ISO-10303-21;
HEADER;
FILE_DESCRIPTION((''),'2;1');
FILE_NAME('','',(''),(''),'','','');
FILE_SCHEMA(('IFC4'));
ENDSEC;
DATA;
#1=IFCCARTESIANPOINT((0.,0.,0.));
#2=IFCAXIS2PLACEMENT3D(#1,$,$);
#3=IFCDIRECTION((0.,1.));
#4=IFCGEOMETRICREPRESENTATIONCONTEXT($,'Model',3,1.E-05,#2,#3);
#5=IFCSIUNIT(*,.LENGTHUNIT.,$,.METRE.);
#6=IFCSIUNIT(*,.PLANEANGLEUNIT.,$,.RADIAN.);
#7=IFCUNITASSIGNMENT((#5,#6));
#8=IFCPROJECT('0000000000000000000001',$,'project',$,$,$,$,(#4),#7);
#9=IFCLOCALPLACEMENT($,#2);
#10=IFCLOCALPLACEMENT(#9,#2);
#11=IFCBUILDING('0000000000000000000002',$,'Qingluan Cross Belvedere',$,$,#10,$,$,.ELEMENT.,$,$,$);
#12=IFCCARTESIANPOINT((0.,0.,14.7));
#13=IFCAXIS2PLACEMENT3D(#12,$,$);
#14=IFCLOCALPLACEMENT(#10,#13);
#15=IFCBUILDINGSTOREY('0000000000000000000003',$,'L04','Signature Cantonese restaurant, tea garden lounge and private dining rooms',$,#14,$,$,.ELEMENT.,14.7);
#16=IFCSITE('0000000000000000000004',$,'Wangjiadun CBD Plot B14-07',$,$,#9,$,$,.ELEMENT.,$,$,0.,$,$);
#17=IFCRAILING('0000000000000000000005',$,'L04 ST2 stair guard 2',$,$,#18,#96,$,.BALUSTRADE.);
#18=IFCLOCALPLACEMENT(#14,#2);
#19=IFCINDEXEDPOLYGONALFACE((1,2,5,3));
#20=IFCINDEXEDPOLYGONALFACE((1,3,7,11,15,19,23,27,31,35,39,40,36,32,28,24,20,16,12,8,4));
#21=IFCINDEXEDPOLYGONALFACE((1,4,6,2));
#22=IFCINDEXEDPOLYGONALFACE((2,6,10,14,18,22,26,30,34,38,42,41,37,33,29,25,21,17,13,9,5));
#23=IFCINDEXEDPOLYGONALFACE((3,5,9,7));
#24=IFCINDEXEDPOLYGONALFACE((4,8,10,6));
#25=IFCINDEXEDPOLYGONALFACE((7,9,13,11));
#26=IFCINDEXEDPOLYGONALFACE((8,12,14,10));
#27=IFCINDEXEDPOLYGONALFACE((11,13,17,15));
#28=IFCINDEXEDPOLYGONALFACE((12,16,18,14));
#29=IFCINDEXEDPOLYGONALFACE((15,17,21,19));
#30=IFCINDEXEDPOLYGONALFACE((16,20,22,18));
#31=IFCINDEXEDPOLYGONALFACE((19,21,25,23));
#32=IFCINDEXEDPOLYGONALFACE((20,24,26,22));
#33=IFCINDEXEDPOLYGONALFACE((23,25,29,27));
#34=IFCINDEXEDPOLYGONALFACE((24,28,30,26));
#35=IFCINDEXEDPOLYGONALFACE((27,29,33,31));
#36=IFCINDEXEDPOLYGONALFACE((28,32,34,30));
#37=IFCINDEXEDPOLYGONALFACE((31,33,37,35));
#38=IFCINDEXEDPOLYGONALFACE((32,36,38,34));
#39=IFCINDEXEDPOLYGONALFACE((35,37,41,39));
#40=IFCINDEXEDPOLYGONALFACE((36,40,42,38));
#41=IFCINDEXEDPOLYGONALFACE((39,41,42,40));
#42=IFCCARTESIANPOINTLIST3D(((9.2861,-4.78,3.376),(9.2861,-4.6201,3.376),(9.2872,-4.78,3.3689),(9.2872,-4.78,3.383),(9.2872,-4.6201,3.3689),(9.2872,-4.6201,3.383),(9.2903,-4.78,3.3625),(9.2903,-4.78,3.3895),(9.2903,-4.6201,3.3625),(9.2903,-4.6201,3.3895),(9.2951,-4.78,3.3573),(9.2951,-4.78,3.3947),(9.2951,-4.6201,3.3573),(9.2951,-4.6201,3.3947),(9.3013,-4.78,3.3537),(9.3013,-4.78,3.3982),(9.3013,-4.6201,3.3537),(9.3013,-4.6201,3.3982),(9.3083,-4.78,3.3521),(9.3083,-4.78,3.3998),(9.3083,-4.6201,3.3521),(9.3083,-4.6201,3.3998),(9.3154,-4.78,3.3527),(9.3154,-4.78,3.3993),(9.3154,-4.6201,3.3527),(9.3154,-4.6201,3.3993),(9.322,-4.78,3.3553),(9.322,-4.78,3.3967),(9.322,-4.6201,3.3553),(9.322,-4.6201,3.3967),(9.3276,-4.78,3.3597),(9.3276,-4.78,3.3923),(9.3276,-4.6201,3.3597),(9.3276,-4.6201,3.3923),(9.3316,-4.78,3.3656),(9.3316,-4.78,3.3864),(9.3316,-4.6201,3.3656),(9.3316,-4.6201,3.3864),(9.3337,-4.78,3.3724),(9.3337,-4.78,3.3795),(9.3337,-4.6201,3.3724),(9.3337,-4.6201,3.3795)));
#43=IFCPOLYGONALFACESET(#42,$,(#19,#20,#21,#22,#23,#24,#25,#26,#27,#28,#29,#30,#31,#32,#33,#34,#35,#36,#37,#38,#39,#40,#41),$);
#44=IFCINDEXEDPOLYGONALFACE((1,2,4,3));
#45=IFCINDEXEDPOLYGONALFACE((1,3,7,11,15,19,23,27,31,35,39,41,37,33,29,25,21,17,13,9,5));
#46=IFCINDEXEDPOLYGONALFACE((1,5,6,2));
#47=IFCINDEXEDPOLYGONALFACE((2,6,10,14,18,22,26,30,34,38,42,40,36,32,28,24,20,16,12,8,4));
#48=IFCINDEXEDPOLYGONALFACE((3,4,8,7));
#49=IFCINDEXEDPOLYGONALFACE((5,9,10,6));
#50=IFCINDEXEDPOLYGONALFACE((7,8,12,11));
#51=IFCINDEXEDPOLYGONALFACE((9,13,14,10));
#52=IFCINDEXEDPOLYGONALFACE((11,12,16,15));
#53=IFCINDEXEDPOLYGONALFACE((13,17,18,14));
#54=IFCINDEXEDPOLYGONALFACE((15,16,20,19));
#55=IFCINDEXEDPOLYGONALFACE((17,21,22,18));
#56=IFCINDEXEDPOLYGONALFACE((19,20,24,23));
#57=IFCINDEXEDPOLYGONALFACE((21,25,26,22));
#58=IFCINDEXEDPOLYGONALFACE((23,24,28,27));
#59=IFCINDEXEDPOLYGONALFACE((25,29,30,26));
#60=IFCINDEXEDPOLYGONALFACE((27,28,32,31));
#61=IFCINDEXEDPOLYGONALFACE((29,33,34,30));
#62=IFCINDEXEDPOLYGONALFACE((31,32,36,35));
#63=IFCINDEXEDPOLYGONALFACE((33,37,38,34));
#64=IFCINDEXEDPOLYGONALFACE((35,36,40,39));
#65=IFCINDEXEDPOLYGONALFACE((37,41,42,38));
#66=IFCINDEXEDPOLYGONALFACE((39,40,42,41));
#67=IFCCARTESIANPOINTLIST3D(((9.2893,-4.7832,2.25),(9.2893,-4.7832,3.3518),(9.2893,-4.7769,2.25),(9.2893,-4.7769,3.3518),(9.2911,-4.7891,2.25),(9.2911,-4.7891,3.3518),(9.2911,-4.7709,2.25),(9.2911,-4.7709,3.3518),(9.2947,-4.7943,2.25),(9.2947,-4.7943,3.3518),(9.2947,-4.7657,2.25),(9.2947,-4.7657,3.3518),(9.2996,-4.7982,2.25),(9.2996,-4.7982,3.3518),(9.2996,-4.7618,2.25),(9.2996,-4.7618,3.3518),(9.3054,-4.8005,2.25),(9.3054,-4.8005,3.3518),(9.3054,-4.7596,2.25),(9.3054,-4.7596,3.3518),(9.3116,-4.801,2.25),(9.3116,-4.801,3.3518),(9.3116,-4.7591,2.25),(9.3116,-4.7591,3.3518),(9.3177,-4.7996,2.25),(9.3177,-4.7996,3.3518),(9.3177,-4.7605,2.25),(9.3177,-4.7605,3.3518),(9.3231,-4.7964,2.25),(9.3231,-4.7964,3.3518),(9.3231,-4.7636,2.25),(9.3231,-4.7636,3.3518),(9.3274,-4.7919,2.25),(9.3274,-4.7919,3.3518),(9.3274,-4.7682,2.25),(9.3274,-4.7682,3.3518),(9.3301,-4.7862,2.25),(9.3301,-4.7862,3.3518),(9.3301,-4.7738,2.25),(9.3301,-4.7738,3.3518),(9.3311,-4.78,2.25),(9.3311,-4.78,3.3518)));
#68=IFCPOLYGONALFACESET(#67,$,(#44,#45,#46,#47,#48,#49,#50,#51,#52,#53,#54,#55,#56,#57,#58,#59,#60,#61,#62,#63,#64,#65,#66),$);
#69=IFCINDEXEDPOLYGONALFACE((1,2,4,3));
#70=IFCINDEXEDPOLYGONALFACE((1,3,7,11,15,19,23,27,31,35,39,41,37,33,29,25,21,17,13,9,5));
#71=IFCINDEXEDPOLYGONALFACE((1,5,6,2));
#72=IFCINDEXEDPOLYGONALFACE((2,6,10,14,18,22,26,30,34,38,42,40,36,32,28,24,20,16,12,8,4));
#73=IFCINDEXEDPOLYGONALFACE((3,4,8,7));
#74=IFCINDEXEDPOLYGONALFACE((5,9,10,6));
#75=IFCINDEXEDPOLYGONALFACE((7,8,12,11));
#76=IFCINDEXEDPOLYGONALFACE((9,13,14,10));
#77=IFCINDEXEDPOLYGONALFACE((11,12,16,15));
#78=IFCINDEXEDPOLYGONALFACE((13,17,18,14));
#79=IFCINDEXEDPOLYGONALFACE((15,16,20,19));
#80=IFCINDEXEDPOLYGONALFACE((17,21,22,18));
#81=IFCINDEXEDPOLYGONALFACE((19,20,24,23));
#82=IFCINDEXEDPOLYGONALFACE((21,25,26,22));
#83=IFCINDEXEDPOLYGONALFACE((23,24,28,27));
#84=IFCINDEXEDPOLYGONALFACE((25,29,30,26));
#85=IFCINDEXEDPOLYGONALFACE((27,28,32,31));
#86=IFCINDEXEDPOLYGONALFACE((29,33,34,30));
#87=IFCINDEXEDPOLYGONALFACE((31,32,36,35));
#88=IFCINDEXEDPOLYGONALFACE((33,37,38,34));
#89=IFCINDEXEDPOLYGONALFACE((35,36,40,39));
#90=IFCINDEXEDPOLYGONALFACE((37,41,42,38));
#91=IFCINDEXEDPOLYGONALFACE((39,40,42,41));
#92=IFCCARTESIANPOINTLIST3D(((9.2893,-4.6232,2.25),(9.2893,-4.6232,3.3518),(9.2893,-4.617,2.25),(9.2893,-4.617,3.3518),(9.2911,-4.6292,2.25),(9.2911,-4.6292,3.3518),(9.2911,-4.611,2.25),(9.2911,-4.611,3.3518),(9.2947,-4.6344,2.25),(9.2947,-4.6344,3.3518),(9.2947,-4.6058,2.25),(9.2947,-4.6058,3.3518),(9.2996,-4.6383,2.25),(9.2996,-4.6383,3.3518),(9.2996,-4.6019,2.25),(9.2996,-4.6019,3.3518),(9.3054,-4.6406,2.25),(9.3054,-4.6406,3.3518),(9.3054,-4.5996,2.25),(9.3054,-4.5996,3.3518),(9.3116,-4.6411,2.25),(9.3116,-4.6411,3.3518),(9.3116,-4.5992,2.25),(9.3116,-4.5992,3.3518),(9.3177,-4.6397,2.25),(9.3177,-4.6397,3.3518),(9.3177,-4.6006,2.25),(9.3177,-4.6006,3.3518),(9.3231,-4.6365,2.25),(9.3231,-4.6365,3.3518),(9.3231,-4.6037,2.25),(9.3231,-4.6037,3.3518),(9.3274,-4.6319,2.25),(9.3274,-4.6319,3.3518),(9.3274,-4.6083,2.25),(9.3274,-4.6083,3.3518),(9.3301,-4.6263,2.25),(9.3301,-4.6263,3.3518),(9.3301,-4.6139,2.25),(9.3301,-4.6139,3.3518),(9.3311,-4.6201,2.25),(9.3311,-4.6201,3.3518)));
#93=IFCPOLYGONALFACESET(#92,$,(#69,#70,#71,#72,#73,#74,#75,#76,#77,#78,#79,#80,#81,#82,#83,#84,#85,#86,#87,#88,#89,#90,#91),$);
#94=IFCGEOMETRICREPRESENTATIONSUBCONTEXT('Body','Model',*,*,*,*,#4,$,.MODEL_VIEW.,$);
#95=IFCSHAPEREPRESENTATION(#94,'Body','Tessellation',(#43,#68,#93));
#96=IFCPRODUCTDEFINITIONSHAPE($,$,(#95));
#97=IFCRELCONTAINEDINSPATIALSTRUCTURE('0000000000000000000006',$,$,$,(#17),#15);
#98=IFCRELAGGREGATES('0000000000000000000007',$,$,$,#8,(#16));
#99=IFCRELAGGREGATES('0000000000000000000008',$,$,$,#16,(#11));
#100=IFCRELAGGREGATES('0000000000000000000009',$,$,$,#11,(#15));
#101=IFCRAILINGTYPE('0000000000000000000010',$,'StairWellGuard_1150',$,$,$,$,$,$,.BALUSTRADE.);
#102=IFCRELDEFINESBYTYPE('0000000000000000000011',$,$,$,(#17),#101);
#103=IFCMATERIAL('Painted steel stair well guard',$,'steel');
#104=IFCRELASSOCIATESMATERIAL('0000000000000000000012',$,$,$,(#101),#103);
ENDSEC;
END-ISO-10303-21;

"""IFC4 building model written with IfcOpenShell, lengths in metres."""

from ifc_helpers import new_model, si_unit, direction, frame, origin, origin_2d, place, context, subcontext, project, spatial, circle, extrude, material, type_object, element, save


model = new_model("IFC4")

# Units and contexts
model_context = context("Model", 3, precision=1e-05, world=origin(), true_north=direction((0.0, 1.0)))
body_context = subcontext(model_context, "Body", "Model", "MODEL_VIEW")
ifc_project = project(units=[si_unit("LENGTHUNIT", "METRE"), si_unit("PLANEANGLEUNIT", "RADIAN")], contexts=[model_context])

# Site, building, storey
site_placement = place(None, origin())
site = spatial("IfcSite", under=ifc_project, at=site_placement, Name="Wangjiadun CBD Plot B14-07", CompositionType="ELEMENT", RefElevation=0.0)
building_placement = place(site_placement, origin())
building = spatial("IfcBuilding", under=site, at=building_placement, Name="Qingluan Cross Belvedere", CompositionType="ELEMENT")
storey_placement = place(building_placement, frame((0.0, 0.0, 14.7)))
storey = spatial("IfcBuildingStorey", under=building, at=storey_placement, Name="L04", Description="Signature Cantonese restaurant, tea garden lounge and private dining rooms", CompositionType="ELEMENT", Elevation=14.7)

# Railing
ifc_material_1 = material(Name="Painted steel stair well guard", Category="steel")
railing_type_1 = type_object("IfcRailingType", Name="StairWellGuard_1150", PredefinedType="BALUSTRADE", material=ifc_material_1)
railing_1_placement = place(storey_placement, frame((9.3101, -4.78, 2.25)))
element("IfcRailing", 1, at=railing_1_placement, inside=storey, type_object=railing_type_1, Name="L04 ST2 stair guard 2", PredefinedType="BALUSTRADE", context=body_context, shape_type="SweptSolid", body=[
    extrude(circle(Radius=0.0239, at=origin_2d()), frame((0.0, 0.0, 1.126), z_axis=(0.0, 1.0, 0.0), x_axis=(-1.0, 0.0, 0.0)), (0.0, 0.0, 1.0), 0.1599),
    extrude(circle(Radius=0.021, at=origin_2d()), origin(), (0.0, 0.0, 1.0), 1.1018),
    extrude(circle(Radius=0.021, at=origin_2d()), frame((0.0, 0.1599, 0.0)), (0.0, 0.0, 1.0), 1.1018),
])

save(model, "model.ifc")
